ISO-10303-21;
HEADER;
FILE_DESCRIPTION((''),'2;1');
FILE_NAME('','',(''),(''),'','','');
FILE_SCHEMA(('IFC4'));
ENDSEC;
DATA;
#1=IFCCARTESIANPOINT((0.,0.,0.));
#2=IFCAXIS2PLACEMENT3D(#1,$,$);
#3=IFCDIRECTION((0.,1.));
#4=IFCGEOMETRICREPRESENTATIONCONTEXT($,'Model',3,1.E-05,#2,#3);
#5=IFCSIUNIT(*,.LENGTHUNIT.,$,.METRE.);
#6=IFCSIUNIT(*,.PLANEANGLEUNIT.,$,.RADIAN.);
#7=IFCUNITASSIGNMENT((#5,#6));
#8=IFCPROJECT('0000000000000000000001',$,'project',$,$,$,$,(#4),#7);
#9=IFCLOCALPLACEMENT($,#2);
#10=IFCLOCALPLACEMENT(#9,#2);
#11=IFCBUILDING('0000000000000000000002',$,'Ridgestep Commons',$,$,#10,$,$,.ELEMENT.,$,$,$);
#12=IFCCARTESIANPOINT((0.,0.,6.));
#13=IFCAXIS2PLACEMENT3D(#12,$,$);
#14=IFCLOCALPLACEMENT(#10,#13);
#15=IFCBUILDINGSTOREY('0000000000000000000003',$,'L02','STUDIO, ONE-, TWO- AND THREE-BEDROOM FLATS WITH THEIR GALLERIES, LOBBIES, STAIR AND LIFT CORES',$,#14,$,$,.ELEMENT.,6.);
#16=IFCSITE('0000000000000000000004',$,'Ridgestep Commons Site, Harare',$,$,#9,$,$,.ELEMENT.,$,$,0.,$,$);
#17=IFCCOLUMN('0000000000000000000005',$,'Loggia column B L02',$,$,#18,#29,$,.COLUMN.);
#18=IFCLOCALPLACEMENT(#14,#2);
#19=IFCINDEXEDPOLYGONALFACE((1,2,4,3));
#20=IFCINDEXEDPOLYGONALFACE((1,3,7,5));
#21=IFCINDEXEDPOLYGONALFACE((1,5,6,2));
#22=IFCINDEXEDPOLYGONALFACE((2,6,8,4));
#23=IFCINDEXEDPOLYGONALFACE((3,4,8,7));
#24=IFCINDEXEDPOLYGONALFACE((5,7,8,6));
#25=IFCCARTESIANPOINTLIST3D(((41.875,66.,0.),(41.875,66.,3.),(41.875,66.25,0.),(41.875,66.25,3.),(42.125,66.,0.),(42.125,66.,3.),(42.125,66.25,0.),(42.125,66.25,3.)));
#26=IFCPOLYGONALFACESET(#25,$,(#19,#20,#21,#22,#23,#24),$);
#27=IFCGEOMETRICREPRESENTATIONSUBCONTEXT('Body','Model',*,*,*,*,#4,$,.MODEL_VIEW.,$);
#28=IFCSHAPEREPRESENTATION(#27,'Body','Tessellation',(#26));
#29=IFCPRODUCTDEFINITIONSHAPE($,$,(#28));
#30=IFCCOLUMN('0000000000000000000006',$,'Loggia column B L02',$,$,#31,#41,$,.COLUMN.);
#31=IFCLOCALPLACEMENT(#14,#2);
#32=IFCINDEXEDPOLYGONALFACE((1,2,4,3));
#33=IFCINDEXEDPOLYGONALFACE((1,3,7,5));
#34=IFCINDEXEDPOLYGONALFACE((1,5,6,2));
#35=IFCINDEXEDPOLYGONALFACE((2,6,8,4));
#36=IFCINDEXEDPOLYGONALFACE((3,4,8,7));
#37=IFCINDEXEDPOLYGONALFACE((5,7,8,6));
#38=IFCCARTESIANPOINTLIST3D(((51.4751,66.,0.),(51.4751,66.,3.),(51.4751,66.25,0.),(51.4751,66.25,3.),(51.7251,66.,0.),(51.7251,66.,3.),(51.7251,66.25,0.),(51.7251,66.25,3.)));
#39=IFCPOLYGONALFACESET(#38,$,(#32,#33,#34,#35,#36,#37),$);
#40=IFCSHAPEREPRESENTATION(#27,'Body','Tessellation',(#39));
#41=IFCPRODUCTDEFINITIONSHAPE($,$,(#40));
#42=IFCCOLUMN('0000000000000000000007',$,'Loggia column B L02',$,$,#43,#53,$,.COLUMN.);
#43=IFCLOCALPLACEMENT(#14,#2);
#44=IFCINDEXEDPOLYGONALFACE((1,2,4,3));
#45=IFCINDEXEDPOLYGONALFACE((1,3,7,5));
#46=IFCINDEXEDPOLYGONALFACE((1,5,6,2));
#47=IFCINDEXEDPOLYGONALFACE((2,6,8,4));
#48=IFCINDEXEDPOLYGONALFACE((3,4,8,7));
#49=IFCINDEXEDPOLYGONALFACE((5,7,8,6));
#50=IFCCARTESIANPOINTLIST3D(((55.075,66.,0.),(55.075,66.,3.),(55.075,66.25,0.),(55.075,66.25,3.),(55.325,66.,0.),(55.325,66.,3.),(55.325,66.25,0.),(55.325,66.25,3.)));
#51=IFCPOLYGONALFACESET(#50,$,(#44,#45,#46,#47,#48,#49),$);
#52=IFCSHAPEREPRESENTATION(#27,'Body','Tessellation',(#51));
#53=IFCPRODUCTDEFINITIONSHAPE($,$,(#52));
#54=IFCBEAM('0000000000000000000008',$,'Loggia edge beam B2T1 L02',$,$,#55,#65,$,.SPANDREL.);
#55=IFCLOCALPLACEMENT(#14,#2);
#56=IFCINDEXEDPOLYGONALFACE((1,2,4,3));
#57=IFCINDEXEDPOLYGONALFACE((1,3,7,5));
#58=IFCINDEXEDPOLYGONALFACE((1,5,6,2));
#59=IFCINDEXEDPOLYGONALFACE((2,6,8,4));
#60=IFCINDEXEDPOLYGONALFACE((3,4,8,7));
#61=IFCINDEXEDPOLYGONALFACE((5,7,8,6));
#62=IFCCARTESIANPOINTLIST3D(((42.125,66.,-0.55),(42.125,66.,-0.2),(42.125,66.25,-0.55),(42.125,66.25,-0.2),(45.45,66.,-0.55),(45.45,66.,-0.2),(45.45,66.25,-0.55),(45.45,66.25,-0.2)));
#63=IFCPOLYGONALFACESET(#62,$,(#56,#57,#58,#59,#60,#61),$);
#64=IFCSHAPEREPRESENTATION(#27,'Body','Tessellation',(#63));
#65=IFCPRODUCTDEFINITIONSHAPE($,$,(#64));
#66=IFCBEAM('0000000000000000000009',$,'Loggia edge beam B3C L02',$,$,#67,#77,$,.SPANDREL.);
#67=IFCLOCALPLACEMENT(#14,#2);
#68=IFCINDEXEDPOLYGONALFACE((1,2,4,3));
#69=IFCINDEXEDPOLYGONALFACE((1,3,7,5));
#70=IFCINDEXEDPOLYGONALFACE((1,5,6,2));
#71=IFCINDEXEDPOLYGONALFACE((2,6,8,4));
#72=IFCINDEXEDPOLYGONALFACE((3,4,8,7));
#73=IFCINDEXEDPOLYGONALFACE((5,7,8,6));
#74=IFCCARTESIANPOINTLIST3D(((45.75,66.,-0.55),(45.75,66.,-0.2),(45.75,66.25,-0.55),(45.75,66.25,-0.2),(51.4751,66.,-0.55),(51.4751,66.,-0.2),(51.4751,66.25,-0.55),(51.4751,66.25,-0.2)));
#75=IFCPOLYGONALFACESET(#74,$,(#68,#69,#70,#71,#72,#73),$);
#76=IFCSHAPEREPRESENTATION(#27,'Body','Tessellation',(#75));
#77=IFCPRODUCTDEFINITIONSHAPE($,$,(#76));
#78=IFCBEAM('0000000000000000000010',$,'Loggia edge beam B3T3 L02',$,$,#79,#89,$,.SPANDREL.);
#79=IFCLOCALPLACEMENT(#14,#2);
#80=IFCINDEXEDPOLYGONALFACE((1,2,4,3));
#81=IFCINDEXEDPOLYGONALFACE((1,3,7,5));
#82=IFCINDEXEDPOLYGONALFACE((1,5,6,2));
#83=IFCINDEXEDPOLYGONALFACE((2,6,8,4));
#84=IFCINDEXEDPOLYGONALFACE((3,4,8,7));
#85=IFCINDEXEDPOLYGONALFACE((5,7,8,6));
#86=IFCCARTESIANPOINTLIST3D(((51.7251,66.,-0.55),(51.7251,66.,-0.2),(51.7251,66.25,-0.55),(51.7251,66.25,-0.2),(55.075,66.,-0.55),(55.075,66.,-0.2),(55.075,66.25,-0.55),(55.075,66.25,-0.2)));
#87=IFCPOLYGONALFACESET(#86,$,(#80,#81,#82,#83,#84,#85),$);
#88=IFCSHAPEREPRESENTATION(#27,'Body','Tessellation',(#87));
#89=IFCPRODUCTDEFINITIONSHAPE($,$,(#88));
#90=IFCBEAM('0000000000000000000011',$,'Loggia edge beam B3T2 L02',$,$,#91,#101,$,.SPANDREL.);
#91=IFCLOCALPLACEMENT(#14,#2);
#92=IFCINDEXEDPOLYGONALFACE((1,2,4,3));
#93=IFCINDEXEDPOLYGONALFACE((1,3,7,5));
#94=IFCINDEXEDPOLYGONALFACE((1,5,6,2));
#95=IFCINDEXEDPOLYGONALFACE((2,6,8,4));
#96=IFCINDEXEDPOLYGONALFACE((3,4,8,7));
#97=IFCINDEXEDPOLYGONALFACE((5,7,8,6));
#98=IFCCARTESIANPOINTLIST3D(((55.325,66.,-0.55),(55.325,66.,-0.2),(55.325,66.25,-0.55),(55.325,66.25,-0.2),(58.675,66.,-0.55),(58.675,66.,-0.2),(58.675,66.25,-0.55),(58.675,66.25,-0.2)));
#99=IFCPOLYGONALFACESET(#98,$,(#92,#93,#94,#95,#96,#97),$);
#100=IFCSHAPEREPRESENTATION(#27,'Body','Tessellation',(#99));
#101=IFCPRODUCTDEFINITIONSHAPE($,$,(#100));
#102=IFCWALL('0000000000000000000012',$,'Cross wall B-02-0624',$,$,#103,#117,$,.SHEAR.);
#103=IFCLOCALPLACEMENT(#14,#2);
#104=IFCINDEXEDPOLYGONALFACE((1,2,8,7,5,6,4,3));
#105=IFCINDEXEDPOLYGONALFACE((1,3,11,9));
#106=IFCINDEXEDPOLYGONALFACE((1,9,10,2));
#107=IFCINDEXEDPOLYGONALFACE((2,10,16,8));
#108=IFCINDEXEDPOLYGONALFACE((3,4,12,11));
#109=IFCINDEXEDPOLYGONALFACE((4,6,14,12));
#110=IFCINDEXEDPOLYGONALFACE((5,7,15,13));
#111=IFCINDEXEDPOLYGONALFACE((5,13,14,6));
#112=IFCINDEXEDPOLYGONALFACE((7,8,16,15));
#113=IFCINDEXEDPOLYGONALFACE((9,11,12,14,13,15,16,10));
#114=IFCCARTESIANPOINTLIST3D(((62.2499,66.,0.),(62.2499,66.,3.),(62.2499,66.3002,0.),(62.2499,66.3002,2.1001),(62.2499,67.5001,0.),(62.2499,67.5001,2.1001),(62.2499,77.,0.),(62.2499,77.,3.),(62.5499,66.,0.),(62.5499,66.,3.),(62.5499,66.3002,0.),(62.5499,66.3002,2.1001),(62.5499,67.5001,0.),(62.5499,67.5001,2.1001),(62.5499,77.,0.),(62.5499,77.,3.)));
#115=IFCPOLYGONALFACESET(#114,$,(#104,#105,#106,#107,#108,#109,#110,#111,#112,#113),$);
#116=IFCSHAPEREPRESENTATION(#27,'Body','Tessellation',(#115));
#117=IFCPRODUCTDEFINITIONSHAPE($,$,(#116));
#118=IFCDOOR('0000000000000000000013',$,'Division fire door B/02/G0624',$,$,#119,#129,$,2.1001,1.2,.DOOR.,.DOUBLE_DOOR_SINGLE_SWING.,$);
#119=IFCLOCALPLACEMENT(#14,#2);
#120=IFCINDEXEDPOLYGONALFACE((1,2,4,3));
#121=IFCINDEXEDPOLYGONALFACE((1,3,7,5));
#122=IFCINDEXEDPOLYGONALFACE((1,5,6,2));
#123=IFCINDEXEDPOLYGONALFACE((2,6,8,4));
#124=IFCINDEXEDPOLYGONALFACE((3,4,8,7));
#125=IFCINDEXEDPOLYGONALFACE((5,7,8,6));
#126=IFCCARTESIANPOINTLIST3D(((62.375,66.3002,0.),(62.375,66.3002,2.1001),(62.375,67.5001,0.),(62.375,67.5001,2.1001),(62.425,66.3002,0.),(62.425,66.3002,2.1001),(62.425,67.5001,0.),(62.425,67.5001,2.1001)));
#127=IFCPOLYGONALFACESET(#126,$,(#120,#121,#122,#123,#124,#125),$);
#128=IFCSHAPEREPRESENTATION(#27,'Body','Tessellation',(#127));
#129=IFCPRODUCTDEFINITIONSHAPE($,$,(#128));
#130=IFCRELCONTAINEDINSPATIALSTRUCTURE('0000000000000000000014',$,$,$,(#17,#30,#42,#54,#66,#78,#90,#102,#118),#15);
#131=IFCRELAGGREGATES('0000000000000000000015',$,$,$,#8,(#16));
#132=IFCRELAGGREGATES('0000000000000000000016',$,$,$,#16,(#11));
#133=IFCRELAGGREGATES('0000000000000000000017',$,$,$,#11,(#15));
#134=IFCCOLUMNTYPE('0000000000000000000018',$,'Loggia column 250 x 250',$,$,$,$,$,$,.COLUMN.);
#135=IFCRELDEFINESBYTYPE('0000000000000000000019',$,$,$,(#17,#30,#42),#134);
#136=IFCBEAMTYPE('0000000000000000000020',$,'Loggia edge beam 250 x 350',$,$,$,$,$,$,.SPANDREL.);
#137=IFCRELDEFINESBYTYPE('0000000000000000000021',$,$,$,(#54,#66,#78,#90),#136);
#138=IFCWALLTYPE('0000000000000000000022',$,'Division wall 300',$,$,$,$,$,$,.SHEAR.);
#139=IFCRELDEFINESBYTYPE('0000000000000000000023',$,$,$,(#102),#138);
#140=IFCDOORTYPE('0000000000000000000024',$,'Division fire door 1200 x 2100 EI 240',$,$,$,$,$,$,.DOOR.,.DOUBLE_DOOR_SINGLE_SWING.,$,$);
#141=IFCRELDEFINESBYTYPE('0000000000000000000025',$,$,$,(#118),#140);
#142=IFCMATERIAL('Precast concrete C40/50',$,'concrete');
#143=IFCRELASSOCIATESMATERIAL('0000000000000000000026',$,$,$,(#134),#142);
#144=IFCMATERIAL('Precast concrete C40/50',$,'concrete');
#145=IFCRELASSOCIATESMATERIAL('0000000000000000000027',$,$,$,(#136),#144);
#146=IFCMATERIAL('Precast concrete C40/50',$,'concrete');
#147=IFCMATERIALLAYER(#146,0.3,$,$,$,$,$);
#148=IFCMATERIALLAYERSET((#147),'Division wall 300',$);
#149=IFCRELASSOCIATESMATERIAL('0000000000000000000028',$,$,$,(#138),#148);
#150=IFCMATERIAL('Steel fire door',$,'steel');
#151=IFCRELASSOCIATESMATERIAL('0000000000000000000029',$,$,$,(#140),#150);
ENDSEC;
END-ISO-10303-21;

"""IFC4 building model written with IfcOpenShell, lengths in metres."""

from ifc_helpers import new_model, si_unit, direction, frame, frame_2d, origin, origin_2d, place, context, subcontext, project, spatial, rectangle, extrude, material, layer, layer_set, material_profile, profile_set, type_object, element, fill, save


model = new_model("IFC4")

# Units and contexts
model_context = context("Model", 3, precision=1e-05, world=origin(), true_north=direction((0.0, 1.0)))
body_context = subcontext(model_context, "Body", "Model", "MODEL_VIEW")
ifc_project = project(units=[si_unit("LENGTHUNIT", "METRE"), si_unit("PLANEANGLEUNIT", "RADIAN")], contexts=[model_context])

# Site, building, storey
site_placement = place(None, origin())
site = spatial("IfcSite", under=ifc_project, at=site_placement, Name="Ridgestep Commons Site, Harare", CompositionType="ELEMENT", RefElevation=0.0)
building_placement = place(site_placement, origin())
building = spatial("IfcBuilding", under=site, at=building_placement, Name="Ridgestep Commons", CompositionType="ELEMENT")
storey_placement = place(building_placement, frame((0.0, 0.0, 6.0)))
storey = spatial("IfcBuildingStorey", under=building, at=storey_placement, Name="L02", Description="STUDIO, ONE-, TWO- AND THREE-BEDROOM FLATS WITH THEIR GALLERIES, LOBBIES, STAIR AND LIFT CORES", CompositionType="ELEMENT", Elevation=6.0)

# Columns
ifc_material_1 = material(Name="Precast concrete C40/50", Category="concrete")
ifc_material_profile_1 = material_profile(ifc_material_1, rectangle(XDim=0.25, YDim=0.25, at=origin_2d()), Name="PC 250x250")
ifc_profile_set_1 = profile_set([ifc_material_profile_1], Name="Precast concrete C40/50")
column_type = type_object("IfcColumnType", Name="Loggia column 250 x 250", PredefinedType="COLUMN", material=ifc_profile_set_1)
for number, where, z_axis, x_axis, name in (
    (1, (42.0, 66.125, 0.0), (0.0, 0.0, 1.0), (1.0, 0.0, 0.0), "Loggia column B L02"),
    (2, (51.6001, 66.125, 0.0), (0.0, 0.0, 1.0), (1.0, 0.0, 0.0), "Loggia column B L02"),
    (3, (55.2, 66.125, 0.0), (0.0, 0.0, 1.0), (1.0, 0.0, 0.0), "Loggia column B L02"),
):
    element("IfcColumn", number, at=place(storey_placement, frame(where, z_axis=z_axis, x_axis=x_axis)), inside=storey, type_object=column_type, Name=name, PredefinedType="COLUMN", context=body_context, shape_type="SweptSolid", body=[
        extrude(rectangle(XDim=0.25, YDim=0.25, at=origin_2d()), origin(), (0.0, 0.0, 1.0), 3.0),
    ])

# Beams
ifc_material_2 = material(Name="Precast concrete C40/50", Category="concrete")
ifc_material_profile_2 = material_profile(ifc_material_2, rectangle(XDim=0.25, YDim=0.3501, at=origin_2d()), Name="PC 250x350")
ifc_profile_set_2 = profile_set([ifc_material_profile_2], Name="Precast concrete C40/50")
beam_type = type_object("IfcBeamType", Name="Loggia edge beam 250 x 350", PredefinedType="SPANDREL", material=ifc_profile_set_2)
beam_1_placement = place(storey_placement, frame((42.125, 66.125, -0.375), z_axis=(1.0, 0.0, 0.0), x_axis=(0.0, 1.0, 0.0)))
element("IfcBeam", 4, at=beam_1_placement, inside=storey, type_object=beam_type, Name="Loggia edge beam B2T1 L02", PredefinedType="SPANDREL", context=body_context, shape_type="SweptSolid", body=[
    extrude(rectangle(XDim=0.25, YDim=0.3501, at=origin_2d()), origin(), (0.0, 0.0, 1.0), 3.325),
])
beam_2_placement = place(storey_placement, frame((45.75, 66.125, -0.375), z_axis=(1.0, 0.0, 0.0), x_axis=(0.0, 1.0, 0.0)))
element("IfcBeam", 5, at=beam_2_placement, inside=storey, type_object=beam_type, Name="Loggia edge beam B3C L02", PredefinedType="SPANDREL", context=body_context, shape_type="SweptSolid", body=[
    extrude(rectangle(XDim=0.25, YDim=0.3501, at=origin_2d()), origin(), (0.0, 0.0, 1.0), 5.7251),
])
beam_3_placement = place(storey_placement, frame((51.7251, 66.125, -0.375), z_axis=(1.0, 0.0, 0.0), x_axis=(0.0, 1.0, 0.0)))
element("IfcBeam", 6, at=beam_3_placement, inside=storey, type_object=beam_type, Name="Loggia edge beam B3T3 L02", PredefinedType="SPANDREL", context=body_context, shape_type="SweptSolid", body=[
    extrude(rectangle(XDim=0.25, YDim=0.3501, at=origin_2d()), origin(), (0.0, 0.0, 1.0), 3.3499),
])
beam_4_placement = place(storey_placement, frame((55.325, 66.125, -0.375), z_axis=(1.0, 0.0, 0.0), x_axis=(0.0, 1.0, 0.0)))
element("IfcBeam", 7, at=beam_4_placement, inside=storey, type_object=beam_type, Name="Loggia edge beam B3T2 L02", PredefinedType="SPANDREL", context=body_context, shape_type="SweptSolid", body=[
    extrude(rectangle(XDim=0.25, YDim=0.3501, at=origin_2d()), origin(), (0.0, 0.0, 1.0), 3.3501),
])

# Wall, opening, door
ifc_material_3 = material(Name="Precast concrete C40/50", Category="concrete")
ifc_layer = layer(ifc_material_3, 0.3)
ifc_layer_set = layer_set([ifc_layer], Name="Division wall 300")
wall_type = type_object("IfcWallType", Name="Division wall 300", PredefinedType="SHEAR", material=ifc_layer_set)
wall_placement = place(storey_placement, frame((62.3999, 66.0, 0.0), z_axis=(0.0, 0.0, 1.0), x_axis=(0.0, 1.0, 0.0)))
wall = element("IfcWall", 8, at=wall_placement, inside=storey, type_object=wall_type, Name="Cross wall B-02-0624", PredefinedType="SHEAR", context=body_context, shape_type="SweptSolid", body=[
    extrude(rectangle(XDim=11.0, YDim=0.3, at=frame_2d((5.5, 0.0))), origin(), (0.0, 0.0, 1.0), 3.0),
])
opening_placement = place(wall_placement, frame((0.3, 0.0, 0.0)))
opening = element("IfcOpeningElement", 9, at=opening_placement, cuts=wall, PredefinedType="OPENING", context=body_context, shape_type="SweptSolid", body=[
    extrude(rectangle(XDim=1.2, YDim=2.1001, at=frame_2d((0.6001, 1.05))), frame((0.0, 0.1599, 0.0), z_axis=(0.0, -1.0, 0.0), x_axis=(1.0, 0.0, 0.0)), (0.0, 0.0, 1.0), 0.3201),
])
ifc_material_4 = material(Name="Steel fire door", Category="steel")
door_type = type_object("IfcDoorType", Name="Division fire door 1200 x 2100 EI 240", OperationType="DOUBLE_DOOR_SINGLE_SWING", PredefinedType="DOOR", material=ifc_material_4)
door_placement = place(opening_placement, origin())
door = element("IfcDoor", 10, at=door_placement, inside=storey, type_object=door_type, Name="Division fire door B/02/G0624", OperationType="DOUBLE_DOOR_SINGLE_SWING", OverallHeight=2.1001, OverallWidth=1.2, PredefinedType="DOOR", context=body_context, shape_type="SweptSolid", body=[
    extrude(rectangle(XDim=1.2, YDim=2.1001, at=frame_2d((0.6001, 1.05))), frame((0.0, 0.0249, 0.0), z_axis=(0.0, -1.0, 0.0), x_axis=(1.0, 0.0, 0.0)), (0.0, 0.0, 1.0), 0.05),
])
fill(opening, door)

save(model, "model.ifc")
